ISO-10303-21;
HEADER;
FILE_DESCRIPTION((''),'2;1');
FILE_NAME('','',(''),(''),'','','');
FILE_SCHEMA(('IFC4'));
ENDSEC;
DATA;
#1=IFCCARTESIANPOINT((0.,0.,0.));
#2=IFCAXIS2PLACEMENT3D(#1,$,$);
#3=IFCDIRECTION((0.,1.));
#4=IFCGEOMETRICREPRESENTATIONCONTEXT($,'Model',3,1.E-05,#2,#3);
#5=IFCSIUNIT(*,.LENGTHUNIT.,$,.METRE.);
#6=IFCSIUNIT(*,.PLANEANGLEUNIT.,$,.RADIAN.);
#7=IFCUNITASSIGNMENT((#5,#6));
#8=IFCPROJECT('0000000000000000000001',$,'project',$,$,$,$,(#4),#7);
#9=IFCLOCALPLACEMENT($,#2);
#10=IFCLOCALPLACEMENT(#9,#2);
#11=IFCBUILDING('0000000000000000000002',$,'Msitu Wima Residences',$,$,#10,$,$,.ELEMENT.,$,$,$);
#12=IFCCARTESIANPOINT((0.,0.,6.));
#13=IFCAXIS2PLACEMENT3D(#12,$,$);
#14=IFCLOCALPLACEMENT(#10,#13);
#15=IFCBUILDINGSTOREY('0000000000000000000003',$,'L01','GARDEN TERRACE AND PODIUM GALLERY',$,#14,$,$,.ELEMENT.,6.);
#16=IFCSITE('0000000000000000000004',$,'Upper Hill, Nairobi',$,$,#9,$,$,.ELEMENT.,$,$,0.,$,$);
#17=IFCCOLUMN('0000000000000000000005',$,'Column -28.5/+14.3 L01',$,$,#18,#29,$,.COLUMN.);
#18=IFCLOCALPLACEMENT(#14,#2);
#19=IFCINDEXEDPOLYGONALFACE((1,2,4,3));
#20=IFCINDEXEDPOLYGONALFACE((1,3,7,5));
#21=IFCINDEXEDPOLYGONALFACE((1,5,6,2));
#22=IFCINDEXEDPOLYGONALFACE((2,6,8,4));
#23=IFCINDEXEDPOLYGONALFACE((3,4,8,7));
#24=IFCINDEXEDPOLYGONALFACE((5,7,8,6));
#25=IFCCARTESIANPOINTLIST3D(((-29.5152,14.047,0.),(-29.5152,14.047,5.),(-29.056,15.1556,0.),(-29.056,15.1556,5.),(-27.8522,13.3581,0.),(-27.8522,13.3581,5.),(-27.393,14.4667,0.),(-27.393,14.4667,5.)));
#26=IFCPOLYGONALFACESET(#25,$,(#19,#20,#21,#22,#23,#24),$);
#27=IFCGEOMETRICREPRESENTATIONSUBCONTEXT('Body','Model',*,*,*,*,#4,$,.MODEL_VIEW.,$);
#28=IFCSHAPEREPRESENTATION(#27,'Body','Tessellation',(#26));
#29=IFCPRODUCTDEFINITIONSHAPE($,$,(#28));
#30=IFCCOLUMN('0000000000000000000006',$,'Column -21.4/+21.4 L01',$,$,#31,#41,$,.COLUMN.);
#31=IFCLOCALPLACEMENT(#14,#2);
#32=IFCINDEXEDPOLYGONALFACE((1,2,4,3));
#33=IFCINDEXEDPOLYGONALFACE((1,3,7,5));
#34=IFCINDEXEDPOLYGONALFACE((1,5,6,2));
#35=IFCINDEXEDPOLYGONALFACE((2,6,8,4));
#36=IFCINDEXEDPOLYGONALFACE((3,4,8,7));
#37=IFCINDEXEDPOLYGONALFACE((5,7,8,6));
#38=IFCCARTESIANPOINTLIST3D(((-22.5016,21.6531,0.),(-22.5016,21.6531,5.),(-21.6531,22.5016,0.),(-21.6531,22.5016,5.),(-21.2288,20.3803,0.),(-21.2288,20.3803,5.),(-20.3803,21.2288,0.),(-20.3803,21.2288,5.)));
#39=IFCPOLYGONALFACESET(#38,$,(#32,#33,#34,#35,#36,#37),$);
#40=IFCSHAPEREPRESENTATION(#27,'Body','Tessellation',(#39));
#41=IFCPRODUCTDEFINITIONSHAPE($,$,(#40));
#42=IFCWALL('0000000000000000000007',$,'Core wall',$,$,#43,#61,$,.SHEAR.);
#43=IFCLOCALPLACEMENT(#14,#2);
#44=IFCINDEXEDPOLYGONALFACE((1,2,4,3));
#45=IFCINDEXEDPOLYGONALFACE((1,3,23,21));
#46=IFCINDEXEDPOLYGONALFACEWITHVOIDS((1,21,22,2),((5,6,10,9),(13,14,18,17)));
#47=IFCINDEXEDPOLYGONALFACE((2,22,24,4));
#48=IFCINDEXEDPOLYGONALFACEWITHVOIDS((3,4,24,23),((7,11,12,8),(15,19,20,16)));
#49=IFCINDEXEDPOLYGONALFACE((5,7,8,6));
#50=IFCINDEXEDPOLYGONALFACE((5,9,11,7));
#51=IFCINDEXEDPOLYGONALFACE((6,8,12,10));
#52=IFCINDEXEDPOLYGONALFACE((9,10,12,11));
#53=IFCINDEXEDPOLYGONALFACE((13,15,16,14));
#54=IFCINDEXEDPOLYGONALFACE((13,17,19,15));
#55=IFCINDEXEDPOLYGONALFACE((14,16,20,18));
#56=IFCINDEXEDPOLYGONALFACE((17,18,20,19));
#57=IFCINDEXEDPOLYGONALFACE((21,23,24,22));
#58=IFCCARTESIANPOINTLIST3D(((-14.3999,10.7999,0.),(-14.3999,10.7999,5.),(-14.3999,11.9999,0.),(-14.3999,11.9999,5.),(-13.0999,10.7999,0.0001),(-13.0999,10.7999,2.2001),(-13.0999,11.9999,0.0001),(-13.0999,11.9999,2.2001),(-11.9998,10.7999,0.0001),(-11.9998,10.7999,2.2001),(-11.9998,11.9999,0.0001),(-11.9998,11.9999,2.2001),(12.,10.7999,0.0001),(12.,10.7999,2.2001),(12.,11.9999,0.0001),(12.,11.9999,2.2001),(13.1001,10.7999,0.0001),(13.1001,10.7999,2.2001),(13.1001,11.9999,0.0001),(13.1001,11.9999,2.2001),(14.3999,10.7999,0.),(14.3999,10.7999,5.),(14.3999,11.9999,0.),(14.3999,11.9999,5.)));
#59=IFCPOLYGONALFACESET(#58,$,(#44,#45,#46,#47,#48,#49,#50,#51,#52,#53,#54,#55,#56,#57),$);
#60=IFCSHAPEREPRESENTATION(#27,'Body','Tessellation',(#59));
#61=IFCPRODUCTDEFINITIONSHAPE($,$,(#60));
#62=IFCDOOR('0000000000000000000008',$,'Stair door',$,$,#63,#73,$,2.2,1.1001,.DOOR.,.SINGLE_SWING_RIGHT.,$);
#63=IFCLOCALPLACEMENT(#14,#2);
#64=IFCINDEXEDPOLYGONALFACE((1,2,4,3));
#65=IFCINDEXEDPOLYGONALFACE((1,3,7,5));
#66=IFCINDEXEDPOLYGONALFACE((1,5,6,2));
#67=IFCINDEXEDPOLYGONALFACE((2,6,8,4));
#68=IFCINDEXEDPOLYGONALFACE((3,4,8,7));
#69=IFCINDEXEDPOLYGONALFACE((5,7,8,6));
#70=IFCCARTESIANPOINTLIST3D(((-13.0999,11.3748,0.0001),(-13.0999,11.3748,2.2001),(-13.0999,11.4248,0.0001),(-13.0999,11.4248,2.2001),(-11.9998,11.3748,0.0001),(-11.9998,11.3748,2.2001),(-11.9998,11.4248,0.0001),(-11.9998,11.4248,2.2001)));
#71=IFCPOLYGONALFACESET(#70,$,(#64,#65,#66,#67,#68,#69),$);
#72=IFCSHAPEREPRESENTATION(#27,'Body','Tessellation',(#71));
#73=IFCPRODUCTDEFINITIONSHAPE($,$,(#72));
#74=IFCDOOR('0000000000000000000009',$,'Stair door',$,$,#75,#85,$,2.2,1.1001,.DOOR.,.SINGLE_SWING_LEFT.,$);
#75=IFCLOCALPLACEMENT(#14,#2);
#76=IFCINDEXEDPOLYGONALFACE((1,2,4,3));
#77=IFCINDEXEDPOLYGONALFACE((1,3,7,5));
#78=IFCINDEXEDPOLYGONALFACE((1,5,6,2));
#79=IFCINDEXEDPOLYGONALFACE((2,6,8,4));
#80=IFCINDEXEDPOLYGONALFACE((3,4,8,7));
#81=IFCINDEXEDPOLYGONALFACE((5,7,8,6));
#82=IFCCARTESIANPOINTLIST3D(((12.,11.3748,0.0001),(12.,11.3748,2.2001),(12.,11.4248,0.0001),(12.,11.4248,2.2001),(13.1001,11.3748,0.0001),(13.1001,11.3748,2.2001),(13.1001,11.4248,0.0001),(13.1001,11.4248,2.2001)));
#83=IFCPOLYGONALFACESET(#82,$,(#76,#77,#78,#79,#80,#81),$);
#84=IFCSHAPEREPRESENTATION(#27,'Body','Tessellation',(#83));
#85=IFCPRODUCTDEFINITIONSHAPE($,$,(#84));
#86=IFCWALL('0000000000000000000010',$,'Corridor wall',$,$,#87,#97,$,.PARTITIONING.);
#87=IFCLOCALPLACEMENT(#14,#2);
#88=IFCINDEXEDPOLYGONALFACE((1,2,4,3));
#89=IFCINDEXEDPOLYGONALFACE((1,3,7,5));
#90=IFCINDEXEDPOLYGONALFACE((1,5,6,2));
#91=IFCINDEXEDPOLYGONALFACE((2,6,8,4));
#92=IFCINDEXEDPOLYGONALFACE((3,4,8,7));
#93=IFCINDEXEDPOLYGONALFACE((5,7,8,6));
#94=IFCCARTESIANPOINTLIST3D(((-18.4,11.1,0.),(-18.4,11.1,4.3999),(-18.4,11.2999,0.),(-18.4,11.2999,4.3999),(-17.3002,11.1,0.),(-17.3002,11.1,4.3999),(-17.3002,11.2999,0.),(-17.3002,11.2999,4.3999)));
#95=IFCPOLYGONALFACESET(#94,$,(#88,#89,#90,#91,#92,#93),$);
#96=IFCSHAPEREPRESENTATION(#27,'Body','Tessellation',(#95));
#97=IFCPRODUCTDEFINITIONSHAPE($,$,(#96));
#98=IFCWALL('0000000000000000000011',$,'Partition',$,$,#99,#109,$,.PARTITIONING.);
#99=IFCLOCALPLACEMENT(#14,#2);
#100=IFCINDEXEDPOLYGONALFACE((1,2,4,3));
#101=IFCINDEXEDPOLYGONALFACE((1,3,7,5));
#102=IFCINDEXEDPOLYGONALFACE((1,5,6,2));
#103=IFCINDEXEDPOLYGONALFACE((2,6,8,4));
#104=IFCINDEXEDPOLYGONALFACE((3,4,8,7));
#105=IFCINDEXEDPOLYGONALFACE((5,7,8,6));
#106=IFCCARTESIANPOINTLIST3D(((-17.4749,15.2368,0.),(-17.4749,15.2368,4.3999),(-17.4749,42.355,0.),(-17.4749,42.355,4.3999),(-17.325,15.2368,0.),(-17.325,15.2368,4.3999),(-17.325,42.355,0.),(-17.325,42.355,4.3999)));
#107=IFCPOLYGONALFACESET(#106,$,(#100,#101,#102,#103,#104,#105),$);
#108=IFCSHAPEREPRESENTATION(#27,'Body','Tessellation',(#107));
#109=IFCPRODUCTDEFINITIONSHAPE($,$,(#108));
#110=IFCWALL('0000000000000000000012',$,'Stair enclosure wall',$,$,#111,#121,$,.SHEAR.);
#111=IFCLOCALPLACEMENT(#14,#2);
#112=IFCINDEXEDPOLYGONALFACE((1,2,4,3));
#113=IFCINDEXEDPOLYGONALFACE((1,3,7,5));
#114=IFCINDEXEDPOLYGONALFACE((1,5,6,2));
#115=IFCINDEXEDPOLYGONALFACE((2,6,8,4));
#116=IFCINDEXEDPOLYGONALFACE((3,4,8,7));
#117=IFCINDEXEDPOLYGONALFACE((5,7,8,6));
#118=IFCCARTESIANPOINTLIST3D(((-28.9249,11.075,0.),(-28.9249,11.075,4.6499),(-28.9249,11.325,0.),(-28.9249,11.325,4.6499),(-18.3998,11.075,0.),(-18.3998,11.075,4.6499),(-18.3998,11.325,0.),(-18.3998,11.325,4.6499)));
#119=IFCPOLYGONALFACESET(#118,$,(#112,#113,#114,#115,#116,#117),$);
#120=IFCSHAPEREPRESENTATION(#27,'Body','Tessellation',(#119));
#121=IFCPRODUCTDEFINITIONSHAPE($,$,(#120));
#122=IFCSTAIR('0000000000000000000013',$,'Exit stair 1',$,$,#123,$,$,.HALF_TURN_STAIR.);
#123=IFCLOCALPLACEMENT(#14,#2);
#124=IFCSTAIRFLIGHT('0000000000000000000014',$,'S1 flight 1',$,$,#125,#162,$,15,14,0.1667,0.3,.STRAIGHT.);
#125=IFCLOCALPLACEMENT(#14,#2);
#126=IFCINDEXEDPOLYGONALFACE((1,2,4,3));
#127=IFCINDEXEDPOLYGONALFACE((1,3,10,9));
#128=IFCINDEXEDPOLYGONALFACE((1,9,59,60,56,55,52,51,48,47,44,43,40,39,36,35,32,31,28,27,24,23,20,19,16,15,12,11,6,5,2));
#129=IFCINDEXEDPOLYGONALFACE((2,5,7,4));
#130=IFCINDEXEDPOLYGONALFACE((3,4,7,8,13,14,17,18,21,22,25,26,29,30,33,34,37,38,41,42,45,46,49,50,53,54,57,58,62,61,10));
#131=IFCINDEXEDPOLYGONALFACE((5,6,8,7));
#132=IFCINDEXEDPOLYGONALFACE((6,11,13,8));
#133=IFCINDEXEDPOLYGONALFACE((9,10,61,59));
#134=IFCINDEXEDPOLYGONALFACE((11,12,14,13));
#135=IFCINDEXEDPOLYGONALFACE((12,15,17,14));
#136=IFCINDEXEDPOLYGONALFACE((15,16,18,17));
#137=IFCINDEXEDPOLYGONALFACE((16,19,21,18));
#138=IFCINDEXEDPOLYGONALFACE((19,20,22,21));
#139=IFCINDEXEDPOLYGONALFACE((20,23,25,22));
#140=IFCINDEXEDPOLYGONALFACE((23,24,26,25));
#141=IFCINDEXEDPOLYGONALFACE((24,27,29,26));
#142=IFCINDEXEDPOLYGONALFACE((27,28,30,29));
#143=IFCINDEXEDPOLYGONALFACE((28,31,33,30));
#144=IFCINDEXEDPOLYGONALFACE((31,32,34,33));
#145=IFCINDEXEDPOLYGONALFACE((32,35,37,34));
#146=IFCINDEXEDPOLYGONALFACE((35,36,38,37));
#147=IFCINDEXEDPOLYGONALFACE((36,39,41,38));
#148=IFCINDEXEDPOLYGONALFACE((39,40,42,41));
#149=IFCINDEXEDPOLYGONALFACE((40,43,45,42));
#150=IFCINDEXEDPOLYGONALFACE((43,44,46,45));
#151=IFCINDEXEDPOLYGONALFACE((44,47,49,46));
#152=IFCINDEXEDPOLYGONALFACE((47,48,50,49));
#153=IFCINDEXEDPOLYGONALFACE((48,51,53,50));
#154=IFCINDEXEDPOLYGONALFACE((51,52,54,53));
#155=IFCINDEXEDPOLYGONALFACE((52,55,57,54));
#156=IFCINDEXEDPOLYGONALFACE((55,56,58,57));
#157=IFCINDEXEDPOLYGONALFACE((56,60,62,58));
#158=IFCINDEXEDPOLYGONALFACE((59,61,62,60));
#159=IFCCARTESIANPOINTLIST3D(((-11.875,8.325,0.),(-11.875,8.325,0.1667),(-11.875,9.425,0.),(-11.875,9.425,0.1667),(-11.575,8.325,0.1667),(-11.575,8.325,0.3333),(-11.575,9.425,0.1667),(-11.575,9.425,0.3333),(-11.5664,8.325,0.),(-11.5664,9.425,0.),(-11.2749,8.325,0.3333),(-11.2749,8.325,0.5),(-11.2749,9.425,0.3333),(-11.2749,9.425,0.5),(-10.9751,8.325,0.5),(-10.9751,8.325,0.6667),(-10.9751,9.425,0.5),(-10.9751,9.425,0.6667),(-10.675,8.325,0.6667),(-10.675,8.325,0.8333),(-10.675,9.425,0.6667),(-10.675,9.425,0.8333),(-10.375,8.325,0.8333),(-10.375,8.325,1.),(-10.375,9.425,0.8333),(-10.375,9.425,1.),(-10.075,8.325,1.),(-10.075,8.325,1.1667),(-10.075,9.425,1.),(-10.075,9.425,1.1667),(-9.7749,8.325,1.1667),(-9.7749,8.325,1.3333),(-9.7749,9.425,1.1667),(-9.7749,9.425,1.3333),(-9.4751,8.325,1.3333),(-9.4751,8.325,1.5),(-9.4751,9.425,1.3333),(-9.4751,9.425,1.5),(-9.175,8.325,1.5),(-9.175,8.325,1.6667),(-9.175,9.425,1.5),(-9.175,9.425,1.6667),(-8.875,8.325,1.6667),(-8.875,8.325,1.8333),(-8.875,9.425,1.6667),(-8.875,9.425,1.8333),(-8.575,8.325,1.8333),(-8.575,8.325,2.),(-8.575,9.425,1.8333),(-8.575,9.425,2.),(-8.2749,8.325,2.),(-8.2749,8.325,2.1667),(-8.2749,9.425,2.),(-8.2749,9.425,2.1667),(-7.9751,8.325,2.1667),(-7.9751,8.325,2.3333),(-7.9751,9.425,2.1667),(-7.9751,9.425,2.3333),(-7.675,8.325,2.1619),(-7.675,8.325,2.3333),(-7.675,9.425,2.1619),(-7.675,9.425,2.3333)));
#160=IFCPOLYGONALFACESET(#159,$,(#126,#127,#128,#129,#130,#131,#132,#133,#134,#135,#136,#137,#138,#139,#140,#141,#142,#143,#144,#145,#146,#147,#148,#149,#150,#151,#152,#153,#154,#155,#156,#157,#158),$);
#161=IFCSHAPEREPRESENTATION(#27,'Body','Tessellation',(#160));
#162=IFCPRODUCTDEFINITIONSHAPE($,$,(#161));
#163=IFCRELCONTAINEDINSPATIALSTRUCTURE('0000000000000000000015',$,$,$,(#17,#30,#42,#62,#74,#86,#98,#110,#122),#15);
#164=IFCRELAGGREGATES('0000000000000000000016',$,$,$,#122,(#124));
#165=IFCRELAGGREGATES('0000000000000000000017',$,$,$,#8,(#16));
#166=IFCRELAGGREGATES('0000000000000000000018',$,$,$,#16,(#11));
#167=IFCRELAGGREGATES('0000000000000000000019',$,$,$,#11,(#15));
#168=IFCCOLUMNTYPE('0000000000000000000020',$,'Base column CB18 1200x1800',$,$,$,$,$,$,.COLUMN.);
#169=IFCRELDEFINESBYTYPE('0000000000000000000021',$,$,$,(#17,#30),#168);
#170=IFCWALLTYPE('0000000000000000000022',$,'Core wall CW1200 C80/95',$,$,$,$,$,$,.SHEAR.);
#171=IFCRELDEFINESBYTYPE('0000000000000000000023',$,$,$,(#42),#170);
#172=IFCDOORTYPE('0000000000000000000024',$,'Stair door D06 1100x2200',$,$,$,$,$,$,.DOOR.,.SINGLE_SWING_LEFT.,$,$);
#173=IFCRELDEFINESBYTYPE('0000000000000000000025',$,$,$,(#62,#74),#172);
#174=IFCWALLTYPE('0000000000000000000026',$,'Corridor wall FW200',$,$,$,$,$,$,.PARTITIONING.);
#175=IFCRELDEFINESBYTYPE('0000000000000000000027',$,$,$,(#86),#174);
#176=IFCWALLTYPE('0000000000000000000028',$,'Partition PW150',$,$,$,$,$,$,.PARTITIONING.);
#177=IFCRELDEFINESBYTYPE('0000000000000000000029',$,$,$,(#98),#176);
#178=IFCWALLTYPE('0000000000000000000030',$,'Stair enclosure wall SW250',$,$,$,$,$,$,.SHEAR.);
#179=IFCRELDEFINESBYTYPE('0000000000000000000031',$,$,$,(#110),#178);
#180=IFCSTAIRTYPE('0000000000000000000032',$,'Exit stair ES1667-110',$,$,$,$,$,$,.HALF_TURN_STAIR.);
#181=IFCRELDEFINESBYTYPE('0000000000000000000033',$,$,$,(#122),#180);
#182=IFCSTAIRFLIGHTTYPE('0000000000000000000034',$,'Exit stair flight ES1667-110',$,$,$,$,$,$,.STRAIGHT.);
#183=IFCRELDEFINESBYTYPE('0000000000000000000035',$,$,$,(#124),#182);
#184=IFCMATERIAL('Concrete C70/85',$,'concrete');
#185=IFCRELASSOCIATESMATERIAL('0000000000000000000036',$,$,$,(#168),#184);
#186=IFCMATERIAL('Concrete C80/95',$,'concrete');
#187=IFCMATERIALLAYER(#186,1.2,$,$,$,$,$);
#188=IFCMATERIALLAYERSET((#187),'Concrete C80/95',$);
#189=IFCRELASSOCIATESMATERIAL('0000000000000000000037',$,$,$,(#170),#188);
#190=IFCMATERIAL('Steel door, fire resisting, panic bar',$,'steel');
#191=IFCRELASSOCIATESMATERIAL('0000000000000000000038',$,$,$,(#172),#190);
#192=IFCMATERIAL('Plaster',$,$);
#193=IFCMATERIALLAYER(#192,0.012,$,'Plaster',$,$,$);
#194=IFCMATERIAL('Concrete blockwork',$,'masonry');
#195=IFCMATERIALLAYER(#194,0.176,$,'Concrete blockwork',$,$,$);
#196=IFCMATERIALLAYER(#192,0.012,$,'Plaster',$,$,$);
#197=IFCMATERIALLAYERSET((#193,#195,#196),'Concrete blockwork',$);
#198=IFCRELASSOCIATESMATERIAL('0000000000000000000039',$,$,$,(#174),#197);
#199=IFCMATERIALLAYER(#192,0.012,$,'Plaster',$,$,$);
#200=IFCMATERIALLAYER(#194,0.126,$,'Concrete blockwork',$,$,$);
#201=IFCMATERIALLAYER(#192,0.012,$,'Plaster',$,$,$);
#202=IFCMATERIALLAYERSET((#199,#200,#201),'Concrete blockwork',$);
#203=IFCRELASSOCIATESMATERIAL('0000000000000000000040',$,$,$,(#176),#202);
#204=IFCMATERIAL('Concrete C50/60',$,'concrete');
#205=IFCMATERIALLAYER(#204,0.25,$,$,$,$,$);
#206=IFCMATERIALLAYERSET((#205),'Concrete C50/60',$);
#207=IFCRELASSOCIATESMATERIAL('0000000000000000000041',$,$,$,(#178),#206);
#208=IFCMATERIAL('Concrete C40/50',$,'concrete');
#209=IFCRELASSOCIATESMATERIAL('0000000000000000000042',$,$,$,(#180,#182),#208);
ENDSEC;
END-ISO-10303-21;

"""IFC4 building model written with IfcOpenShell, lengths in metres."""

from ifc_helpers import new_model, si_unit, direction, frame, frame_2d, origin, origin_2d, place, context, subcontext, project, spatial, polyline, rectangle, outline, extrude, material, layer, layer_set, material_profile, profile_set, type_object, element, fill, aggregate, save


model = new_model("IFC4")

# Units and contexts
model_context = context("Model", 3, precision=1e-05, world=origin(), true_north=direction((0.0, 1.0)))
body_context = subcontext(model_context, "Body", "Model", "MODEL_VIEW")
ifc_project = project(units=[si_unit("LENGTHUNIT", "METRE"), si_unit("PLANEANGLEUNIT", "RADIAN")], contexts=[model_context])

# Site, building, storey
site_placement = place(None, origin())
site = spatial("IfcSite", under=ifc_project, at=site_placement, Name="Upper Hill, Nairobi", CompositionType="ELEMENT", RefElevation=0.0)
building_placement = place(site_placement, origin())
building = spatial("IfcBuilding", under=site, at=building_placement, Name="Msitu Wima Residences", CompositionType="ELEMENT")
storey_placement = place(building_placement, frame((0.0, 0.0, 6.0)))
storey = spatial("IfcBuildingStorey", under=building, at=storey_placement, Name="L01", Description="GARDEN TERRACE AND PODIUM GALLERY", CompositionType="ELEMENT", Elevation=6.0)

# Columns
ifc_material_1 = material(Name="Concrete C70/85", Category="concrete")
ifc_material_profile = material_profile(ifc_material_1, rectangle(XDim=1.2, YDim=1.8, at=origin_2d()), Name="RC 1200x1800")
ifc_profile_set = profile_set([ifc_material_profile], Name="Concrete C70/85")
column_type = type_object("IfcColumnType", Name="Base column CB18 1200x1800", PredefinedType="COLUMN", material=ifc_profile_set)
for number, where, z_axis, x_axis, name in (
    (1, (-28.4541, 14.2568, 0.0), (0.0, 0.0, 1.0), (-0.382683, -0.92388, 0.0), "Column -28.5/+14.3 L01"),
    (2, (-21.4409, 21.4409, 0.0), (0.0, 0.0, 1.0), (-0.707107, -0.707107, 0.0), "Column -21.4/+21.4 L01"),
):
    element("IfcColumn", number, at=place(storey_placement, frame(where, z_axis=z_axis, x_axis=x_axis)), inside=storey, type_object=column_type, Name=name, PredefinedType="COLUMN", context=body_context, shape_type="SweptSolid", body=[
        extrude(rectangle(XDim=1.2, YDim=1.8, at=origin_2d()), origin(), (0.0, 0.0, 1.0), 5.0),
    ])

# Wall, openings, doors
ifc_material_2 = material(Name="Concrete C80/95", Category="concrete")
ifc_layer_1 = layer(ifc_material_2, 1.2)
ifc_layer_set_1 = layer_set([ifc_layer_1], Name="Concrete C80/95")
wall_type_1 = type_object("IfcWallType", Name="Core wall CW1200 C80/95", PredefinedType="SHEAR", material=ifc_layer_set_1)
wall_1_placement = place(storey_placement, frame((-14.3999, 11.3999, 0.0), z_axis=(0.0, 0.0, 1.0), x_axis=(1.0, 0.0, 0.0)))
wall_1 = element("IfcWall", 3, at=wall_1_placement, inside=storey, type_object=wall_type_1, Name="Core wall", PredefinedType="SHEAR", context=body_context, shape_type="SweptSolid", body=[
    extrude(rectangle(XDim=28.7998, YDim=1.2, at=frame_2d((14.3999, 0.0))), origin(), (0.0, 0.0, 1.0), 5.0),
])
opening_1_placement = place(wall_1_placement, frame((1.3, 0.0, 0.0)))
opening_1 = element("IfcOpeningElement", 4, at=opening_1_placement, cuts=wall_1, PredefinedType="OPENING", context=body_context, shape_type="SweptSolid", body=[
    extrude(rectangle(XDim=1.1001, YDim=2.2, at=frame_2d((0.55, 1.1001))), frame((0.0, 0.6099, 0.0), z_axis=(0.0, -1.0, 0.0), x_axis=(1.0, 0.0, 0.0)), (0.0, 0.0, 1.0), 1.22),
])
opening_2_placement = place(wall_1_placement, frame((26.3999, 0.0, 0.0)))
opening_2 = element("IfcOpeningElement", 5, at=opening_2_placement, cuts=wall_1, PredefinedType="OPENING", context=body_context, shape_type="SweptSolid", body=[
    extrude(rectangle(XDim=1.1001, YDim=2.2, at=frame_2d((0.55, 1.1001))), frame((0.0, 0.6099, 0.0), z_axis=(0.0, -1.0, 0.0), x_axis=(1.0, 0.0, 0.0)), (0.0, 0.0, 1.0), 1.22),
])
ifc_material_3 = material(Name="Steel door, fire resisting, panic bar", Category="steel")
door_type_1 = type_object("IfcDoorType", Name="Stair door D06 1100x2200", OperationType="SINGLE_SWING_LEFT", PredefinedType="DOOR", material=ifc_material_3)
door_1_placement = place(opening_1_placement, origin())
door_1 = element("IfcDoor", 6, at=door_1_placement, inside=storey, type_object=door_type_1, Name="Stair door", OperationType="SINGLE_SWING_RIGHT", OverallHeight=2.2, OverallWidth=1.1001, PredefinedType="DOOR", context=body_context, shape_type="SweptSolid", body=[
    extrude(rectangle(XDim=1.1001, YDim=2.2, at=frame_2d((0.55, 1.1001))), frame((0.0, 0.0249, 0.0), z_axis=(0.0, -1.0, 0.0), x_axis=(1.0, 0.0, 0.0)), (0.0, 0.0, 1.0), 0.05),
])
fill(opening_1, door_1)
door_2_placement = place(opening_2_placement, origin())
door_2 = element("IfcDoor", 7, at=door_2_placement, inside=storey, type_object=door_type_1, Name="Stair door", OperationType="SINGLE_SWING_LEFT", OverallHeight=2.2, OverallWidth=1.1001, PredefinedType="DOOR", context=body_context, shape_type="SweptSolid", body=[
    extrude(rectangle(XDim=1.1001, YDim=2.2, at=frame_2d((0.55, 1.1001))), frame((0.0, 0.0249, 0.0), z_axis=(0.0, -1.0, 0.0), x_axis=(1.0, 0.0, 0.0)), (0.0, 0.0, 1.0), 0.05),
])
fill(opening_2, door_2)

# Wall
ifc_material_4 = material(Name="Plaster")
ifc_layer_2 = layer(ifc_material_4, 0.012, Name="Plaster")
ifc_material_5 = material(Name="Concrete blockwork", Category="masonry")
ifc_layer_3 = layer(ifc_material_5, 0.176, Name="Concrete blockwork")
ifc_layer_4 = layer(ifc_material_4, 0.012, Name="Plaster")
ifc_layer_set_2 = layer_set([ifc_layer_2, ifc_layer_3, ifc_layer_4], Name="Concrete blockwork")
wall_type_2 = type_object("IfcWallType", Name="Corridor wall FW200", PredefinedType="PARTITIONING", material=ifc_layer_set_2)
wall_2_placement = place(storey_placement, frame((-18.3999, 11.2, 0.0), z_axis=(0.0, 0.0, 1.0), x_axis=(1.0, 0.0, 0.0)))
element("IfcWall", 8, at=wall_2_placement, inside=storey, type_object=wall_type_2, Name="Corridor wall", PredefinedType="PARTITIONING", context=body_context, shape_type="SweptSolid", body=[
    extrude(rectangle(XDim=1.0999, YDim=0.2, at=frame_2d((0.5498, 0.0))), origin(), (0.0, 0.0, 1.0), 4.3999),
])

# Walls
ifc_layer_5 = layer(ifc_material_4, 0.012, Name="Plaster")
ifc_layer_6 = layer(ifc_material_5, 0.126, Name="Concrete blockwork")
ifc_layer_7 = layer(ifc_material_4, 0.012, Name="Plaster")
ifc_layer_set_3 = layer_set([ifc_layer_5, ifc_layer_6, ifc_layer_7], Name="Concrete blockwork")
wall_type_3 = type_object("IfcWallType", Name="Partition PW150", PredefinedType="PARTITIONING", material=ifc_layer_set_3)
wall_3_placement = place(storey_placement, frame((-17.3999, 15.2368, 0.0), z_axis=(0.0, 0.0, 1.0), x_axis=(0.0, 1.0, 0.0)))
element("IfcWall", 9, at=wall_3_placement, inside=storey, type_object=wall_type_3, Name="Partition", PredefinedType="PARTITIONING", context=body_context, shape_type="SweptSolid", body=[
    extrude(rectangle(XDim=27.1182, YDim=0.1499, at=frame_2d((13.5591, 0.0))), origin(), (0.0, 0.0, 1.0), 4.3999),
])
ifc_material_6 = material(Name="Concrete C50/60", Category="concrete")
ifc_layer_8 = layer(ifc_material_6, 0.25)
ifc_layer_set_4 = layer_set([ifc_layer_8], Name="Concrete C50/60")
wall_type_4 = type_object("IfcWallType", Name="Stair enclosure wall SW250", PredefinedType="SHEAR", material=ifc_layer_set_4)
wall_4_placement = place(storey_placement, frame((-28.925, 11.2, 0.0), z_axis=(0.0, 0.0, 1.0), x_axis=(1.0, 0.0, 0.0)))
element("IfcWall", 10, at=wall_4_placement, inside=storey, type_object=wall_type_4, Name="Stair enclosure wall", PredefinedType="SHEAR", context=body_context, shape_type="SweptSolid", body=[
    extrude(rectangle(XDim=10.5251, YDim=0.25, at=frame_2d((5.2627, 0.0))), origin(), (0.0, 0.0, 1.0), 4.6499),
])

# Stair, stair flight
ifc_material_7 = material(Name="Concrete C40/50", Category="concrete")
stair_type_1 = type_object("IfcStairType", Name="Exit stair ES1667-110", PredefinedType="HALF_TURN_STAIR", material=ifc_material_7)
stair_1_placement = place(storey_placement, origin())
stair_1 = element("IfcStair", 11, at=stair_1_placement, inside=storey, type_object=stair_type_1, Name="Exit stair 1", PredefinedType="HALF_TURN_STAIR")
stair_flight_type_1 = type_object("IfcStairFlightType", Name="Exit stair flight ES1667-110", PredefinedType="STRAIGHT", material=ifc_material_7)
stair_flight_1_placement = place(storey_placement, frame((-11.875, 8.875, 0.0), z_axis=(0.0, 0.0, 1.0), x_axis=(1.0, 0.0, 0.0)))
stair_flight_1 = element("IfcStairFlight", 12, at=stair_flight_1_placement, type_object=stair_flight_type_1, Name="S1 flight 1", NumberOfRisers=15, NumberOfTreads=14, PredefinedType="STRAIGHT", RiserHeight=0.1667, TreadLength=0.3, context=body_context, shape_type="SweptSolid", body=[
    extrude(outline(polyline([(0.0, 0.0), (0.0, 0.1667), (0.3, 0.1667), (0.3, 0.3333), (0.6001, 0.3333), (0.6001, 0.5), (0.8999, 0.5), (0.8999, 0.6667), (1.2, 0.6667), (1.2, 0.8333), (1.5, 0.8333), (1.5, 1.0), (1.8, 1.0), (1.8, 1.1667), (2.1001, 1.1667), (2.1001, 1.3333), (2.3999, 1.3333), (2.3999, 1.5), (2.7, 1.5), (2.7, 1.6667), (3.0, 1.6667), (3.0, 1.8333), (3.3, 1.8333), (3.3, 2.0), (3.6001, 2.0), (3.6001, 2.1667), (3.8999, 2.1667), (3.8999, 2.3333), (4.2, 2.3333), (4.2, 2.5), (4.2, 2.1619), (0.3086, 0.0), (0.0, 0.0)])), frame((0.0, 0.55, 0.0), z_axis=(0.0, -1.0, 0.0), x_axis=(1.0, 0.0, 0.0)), (0.0, 0.0, 1.0), 1.1001),
])
aggregate(stair_1, [stair_flight_1])

save(model, "model.ifc")
